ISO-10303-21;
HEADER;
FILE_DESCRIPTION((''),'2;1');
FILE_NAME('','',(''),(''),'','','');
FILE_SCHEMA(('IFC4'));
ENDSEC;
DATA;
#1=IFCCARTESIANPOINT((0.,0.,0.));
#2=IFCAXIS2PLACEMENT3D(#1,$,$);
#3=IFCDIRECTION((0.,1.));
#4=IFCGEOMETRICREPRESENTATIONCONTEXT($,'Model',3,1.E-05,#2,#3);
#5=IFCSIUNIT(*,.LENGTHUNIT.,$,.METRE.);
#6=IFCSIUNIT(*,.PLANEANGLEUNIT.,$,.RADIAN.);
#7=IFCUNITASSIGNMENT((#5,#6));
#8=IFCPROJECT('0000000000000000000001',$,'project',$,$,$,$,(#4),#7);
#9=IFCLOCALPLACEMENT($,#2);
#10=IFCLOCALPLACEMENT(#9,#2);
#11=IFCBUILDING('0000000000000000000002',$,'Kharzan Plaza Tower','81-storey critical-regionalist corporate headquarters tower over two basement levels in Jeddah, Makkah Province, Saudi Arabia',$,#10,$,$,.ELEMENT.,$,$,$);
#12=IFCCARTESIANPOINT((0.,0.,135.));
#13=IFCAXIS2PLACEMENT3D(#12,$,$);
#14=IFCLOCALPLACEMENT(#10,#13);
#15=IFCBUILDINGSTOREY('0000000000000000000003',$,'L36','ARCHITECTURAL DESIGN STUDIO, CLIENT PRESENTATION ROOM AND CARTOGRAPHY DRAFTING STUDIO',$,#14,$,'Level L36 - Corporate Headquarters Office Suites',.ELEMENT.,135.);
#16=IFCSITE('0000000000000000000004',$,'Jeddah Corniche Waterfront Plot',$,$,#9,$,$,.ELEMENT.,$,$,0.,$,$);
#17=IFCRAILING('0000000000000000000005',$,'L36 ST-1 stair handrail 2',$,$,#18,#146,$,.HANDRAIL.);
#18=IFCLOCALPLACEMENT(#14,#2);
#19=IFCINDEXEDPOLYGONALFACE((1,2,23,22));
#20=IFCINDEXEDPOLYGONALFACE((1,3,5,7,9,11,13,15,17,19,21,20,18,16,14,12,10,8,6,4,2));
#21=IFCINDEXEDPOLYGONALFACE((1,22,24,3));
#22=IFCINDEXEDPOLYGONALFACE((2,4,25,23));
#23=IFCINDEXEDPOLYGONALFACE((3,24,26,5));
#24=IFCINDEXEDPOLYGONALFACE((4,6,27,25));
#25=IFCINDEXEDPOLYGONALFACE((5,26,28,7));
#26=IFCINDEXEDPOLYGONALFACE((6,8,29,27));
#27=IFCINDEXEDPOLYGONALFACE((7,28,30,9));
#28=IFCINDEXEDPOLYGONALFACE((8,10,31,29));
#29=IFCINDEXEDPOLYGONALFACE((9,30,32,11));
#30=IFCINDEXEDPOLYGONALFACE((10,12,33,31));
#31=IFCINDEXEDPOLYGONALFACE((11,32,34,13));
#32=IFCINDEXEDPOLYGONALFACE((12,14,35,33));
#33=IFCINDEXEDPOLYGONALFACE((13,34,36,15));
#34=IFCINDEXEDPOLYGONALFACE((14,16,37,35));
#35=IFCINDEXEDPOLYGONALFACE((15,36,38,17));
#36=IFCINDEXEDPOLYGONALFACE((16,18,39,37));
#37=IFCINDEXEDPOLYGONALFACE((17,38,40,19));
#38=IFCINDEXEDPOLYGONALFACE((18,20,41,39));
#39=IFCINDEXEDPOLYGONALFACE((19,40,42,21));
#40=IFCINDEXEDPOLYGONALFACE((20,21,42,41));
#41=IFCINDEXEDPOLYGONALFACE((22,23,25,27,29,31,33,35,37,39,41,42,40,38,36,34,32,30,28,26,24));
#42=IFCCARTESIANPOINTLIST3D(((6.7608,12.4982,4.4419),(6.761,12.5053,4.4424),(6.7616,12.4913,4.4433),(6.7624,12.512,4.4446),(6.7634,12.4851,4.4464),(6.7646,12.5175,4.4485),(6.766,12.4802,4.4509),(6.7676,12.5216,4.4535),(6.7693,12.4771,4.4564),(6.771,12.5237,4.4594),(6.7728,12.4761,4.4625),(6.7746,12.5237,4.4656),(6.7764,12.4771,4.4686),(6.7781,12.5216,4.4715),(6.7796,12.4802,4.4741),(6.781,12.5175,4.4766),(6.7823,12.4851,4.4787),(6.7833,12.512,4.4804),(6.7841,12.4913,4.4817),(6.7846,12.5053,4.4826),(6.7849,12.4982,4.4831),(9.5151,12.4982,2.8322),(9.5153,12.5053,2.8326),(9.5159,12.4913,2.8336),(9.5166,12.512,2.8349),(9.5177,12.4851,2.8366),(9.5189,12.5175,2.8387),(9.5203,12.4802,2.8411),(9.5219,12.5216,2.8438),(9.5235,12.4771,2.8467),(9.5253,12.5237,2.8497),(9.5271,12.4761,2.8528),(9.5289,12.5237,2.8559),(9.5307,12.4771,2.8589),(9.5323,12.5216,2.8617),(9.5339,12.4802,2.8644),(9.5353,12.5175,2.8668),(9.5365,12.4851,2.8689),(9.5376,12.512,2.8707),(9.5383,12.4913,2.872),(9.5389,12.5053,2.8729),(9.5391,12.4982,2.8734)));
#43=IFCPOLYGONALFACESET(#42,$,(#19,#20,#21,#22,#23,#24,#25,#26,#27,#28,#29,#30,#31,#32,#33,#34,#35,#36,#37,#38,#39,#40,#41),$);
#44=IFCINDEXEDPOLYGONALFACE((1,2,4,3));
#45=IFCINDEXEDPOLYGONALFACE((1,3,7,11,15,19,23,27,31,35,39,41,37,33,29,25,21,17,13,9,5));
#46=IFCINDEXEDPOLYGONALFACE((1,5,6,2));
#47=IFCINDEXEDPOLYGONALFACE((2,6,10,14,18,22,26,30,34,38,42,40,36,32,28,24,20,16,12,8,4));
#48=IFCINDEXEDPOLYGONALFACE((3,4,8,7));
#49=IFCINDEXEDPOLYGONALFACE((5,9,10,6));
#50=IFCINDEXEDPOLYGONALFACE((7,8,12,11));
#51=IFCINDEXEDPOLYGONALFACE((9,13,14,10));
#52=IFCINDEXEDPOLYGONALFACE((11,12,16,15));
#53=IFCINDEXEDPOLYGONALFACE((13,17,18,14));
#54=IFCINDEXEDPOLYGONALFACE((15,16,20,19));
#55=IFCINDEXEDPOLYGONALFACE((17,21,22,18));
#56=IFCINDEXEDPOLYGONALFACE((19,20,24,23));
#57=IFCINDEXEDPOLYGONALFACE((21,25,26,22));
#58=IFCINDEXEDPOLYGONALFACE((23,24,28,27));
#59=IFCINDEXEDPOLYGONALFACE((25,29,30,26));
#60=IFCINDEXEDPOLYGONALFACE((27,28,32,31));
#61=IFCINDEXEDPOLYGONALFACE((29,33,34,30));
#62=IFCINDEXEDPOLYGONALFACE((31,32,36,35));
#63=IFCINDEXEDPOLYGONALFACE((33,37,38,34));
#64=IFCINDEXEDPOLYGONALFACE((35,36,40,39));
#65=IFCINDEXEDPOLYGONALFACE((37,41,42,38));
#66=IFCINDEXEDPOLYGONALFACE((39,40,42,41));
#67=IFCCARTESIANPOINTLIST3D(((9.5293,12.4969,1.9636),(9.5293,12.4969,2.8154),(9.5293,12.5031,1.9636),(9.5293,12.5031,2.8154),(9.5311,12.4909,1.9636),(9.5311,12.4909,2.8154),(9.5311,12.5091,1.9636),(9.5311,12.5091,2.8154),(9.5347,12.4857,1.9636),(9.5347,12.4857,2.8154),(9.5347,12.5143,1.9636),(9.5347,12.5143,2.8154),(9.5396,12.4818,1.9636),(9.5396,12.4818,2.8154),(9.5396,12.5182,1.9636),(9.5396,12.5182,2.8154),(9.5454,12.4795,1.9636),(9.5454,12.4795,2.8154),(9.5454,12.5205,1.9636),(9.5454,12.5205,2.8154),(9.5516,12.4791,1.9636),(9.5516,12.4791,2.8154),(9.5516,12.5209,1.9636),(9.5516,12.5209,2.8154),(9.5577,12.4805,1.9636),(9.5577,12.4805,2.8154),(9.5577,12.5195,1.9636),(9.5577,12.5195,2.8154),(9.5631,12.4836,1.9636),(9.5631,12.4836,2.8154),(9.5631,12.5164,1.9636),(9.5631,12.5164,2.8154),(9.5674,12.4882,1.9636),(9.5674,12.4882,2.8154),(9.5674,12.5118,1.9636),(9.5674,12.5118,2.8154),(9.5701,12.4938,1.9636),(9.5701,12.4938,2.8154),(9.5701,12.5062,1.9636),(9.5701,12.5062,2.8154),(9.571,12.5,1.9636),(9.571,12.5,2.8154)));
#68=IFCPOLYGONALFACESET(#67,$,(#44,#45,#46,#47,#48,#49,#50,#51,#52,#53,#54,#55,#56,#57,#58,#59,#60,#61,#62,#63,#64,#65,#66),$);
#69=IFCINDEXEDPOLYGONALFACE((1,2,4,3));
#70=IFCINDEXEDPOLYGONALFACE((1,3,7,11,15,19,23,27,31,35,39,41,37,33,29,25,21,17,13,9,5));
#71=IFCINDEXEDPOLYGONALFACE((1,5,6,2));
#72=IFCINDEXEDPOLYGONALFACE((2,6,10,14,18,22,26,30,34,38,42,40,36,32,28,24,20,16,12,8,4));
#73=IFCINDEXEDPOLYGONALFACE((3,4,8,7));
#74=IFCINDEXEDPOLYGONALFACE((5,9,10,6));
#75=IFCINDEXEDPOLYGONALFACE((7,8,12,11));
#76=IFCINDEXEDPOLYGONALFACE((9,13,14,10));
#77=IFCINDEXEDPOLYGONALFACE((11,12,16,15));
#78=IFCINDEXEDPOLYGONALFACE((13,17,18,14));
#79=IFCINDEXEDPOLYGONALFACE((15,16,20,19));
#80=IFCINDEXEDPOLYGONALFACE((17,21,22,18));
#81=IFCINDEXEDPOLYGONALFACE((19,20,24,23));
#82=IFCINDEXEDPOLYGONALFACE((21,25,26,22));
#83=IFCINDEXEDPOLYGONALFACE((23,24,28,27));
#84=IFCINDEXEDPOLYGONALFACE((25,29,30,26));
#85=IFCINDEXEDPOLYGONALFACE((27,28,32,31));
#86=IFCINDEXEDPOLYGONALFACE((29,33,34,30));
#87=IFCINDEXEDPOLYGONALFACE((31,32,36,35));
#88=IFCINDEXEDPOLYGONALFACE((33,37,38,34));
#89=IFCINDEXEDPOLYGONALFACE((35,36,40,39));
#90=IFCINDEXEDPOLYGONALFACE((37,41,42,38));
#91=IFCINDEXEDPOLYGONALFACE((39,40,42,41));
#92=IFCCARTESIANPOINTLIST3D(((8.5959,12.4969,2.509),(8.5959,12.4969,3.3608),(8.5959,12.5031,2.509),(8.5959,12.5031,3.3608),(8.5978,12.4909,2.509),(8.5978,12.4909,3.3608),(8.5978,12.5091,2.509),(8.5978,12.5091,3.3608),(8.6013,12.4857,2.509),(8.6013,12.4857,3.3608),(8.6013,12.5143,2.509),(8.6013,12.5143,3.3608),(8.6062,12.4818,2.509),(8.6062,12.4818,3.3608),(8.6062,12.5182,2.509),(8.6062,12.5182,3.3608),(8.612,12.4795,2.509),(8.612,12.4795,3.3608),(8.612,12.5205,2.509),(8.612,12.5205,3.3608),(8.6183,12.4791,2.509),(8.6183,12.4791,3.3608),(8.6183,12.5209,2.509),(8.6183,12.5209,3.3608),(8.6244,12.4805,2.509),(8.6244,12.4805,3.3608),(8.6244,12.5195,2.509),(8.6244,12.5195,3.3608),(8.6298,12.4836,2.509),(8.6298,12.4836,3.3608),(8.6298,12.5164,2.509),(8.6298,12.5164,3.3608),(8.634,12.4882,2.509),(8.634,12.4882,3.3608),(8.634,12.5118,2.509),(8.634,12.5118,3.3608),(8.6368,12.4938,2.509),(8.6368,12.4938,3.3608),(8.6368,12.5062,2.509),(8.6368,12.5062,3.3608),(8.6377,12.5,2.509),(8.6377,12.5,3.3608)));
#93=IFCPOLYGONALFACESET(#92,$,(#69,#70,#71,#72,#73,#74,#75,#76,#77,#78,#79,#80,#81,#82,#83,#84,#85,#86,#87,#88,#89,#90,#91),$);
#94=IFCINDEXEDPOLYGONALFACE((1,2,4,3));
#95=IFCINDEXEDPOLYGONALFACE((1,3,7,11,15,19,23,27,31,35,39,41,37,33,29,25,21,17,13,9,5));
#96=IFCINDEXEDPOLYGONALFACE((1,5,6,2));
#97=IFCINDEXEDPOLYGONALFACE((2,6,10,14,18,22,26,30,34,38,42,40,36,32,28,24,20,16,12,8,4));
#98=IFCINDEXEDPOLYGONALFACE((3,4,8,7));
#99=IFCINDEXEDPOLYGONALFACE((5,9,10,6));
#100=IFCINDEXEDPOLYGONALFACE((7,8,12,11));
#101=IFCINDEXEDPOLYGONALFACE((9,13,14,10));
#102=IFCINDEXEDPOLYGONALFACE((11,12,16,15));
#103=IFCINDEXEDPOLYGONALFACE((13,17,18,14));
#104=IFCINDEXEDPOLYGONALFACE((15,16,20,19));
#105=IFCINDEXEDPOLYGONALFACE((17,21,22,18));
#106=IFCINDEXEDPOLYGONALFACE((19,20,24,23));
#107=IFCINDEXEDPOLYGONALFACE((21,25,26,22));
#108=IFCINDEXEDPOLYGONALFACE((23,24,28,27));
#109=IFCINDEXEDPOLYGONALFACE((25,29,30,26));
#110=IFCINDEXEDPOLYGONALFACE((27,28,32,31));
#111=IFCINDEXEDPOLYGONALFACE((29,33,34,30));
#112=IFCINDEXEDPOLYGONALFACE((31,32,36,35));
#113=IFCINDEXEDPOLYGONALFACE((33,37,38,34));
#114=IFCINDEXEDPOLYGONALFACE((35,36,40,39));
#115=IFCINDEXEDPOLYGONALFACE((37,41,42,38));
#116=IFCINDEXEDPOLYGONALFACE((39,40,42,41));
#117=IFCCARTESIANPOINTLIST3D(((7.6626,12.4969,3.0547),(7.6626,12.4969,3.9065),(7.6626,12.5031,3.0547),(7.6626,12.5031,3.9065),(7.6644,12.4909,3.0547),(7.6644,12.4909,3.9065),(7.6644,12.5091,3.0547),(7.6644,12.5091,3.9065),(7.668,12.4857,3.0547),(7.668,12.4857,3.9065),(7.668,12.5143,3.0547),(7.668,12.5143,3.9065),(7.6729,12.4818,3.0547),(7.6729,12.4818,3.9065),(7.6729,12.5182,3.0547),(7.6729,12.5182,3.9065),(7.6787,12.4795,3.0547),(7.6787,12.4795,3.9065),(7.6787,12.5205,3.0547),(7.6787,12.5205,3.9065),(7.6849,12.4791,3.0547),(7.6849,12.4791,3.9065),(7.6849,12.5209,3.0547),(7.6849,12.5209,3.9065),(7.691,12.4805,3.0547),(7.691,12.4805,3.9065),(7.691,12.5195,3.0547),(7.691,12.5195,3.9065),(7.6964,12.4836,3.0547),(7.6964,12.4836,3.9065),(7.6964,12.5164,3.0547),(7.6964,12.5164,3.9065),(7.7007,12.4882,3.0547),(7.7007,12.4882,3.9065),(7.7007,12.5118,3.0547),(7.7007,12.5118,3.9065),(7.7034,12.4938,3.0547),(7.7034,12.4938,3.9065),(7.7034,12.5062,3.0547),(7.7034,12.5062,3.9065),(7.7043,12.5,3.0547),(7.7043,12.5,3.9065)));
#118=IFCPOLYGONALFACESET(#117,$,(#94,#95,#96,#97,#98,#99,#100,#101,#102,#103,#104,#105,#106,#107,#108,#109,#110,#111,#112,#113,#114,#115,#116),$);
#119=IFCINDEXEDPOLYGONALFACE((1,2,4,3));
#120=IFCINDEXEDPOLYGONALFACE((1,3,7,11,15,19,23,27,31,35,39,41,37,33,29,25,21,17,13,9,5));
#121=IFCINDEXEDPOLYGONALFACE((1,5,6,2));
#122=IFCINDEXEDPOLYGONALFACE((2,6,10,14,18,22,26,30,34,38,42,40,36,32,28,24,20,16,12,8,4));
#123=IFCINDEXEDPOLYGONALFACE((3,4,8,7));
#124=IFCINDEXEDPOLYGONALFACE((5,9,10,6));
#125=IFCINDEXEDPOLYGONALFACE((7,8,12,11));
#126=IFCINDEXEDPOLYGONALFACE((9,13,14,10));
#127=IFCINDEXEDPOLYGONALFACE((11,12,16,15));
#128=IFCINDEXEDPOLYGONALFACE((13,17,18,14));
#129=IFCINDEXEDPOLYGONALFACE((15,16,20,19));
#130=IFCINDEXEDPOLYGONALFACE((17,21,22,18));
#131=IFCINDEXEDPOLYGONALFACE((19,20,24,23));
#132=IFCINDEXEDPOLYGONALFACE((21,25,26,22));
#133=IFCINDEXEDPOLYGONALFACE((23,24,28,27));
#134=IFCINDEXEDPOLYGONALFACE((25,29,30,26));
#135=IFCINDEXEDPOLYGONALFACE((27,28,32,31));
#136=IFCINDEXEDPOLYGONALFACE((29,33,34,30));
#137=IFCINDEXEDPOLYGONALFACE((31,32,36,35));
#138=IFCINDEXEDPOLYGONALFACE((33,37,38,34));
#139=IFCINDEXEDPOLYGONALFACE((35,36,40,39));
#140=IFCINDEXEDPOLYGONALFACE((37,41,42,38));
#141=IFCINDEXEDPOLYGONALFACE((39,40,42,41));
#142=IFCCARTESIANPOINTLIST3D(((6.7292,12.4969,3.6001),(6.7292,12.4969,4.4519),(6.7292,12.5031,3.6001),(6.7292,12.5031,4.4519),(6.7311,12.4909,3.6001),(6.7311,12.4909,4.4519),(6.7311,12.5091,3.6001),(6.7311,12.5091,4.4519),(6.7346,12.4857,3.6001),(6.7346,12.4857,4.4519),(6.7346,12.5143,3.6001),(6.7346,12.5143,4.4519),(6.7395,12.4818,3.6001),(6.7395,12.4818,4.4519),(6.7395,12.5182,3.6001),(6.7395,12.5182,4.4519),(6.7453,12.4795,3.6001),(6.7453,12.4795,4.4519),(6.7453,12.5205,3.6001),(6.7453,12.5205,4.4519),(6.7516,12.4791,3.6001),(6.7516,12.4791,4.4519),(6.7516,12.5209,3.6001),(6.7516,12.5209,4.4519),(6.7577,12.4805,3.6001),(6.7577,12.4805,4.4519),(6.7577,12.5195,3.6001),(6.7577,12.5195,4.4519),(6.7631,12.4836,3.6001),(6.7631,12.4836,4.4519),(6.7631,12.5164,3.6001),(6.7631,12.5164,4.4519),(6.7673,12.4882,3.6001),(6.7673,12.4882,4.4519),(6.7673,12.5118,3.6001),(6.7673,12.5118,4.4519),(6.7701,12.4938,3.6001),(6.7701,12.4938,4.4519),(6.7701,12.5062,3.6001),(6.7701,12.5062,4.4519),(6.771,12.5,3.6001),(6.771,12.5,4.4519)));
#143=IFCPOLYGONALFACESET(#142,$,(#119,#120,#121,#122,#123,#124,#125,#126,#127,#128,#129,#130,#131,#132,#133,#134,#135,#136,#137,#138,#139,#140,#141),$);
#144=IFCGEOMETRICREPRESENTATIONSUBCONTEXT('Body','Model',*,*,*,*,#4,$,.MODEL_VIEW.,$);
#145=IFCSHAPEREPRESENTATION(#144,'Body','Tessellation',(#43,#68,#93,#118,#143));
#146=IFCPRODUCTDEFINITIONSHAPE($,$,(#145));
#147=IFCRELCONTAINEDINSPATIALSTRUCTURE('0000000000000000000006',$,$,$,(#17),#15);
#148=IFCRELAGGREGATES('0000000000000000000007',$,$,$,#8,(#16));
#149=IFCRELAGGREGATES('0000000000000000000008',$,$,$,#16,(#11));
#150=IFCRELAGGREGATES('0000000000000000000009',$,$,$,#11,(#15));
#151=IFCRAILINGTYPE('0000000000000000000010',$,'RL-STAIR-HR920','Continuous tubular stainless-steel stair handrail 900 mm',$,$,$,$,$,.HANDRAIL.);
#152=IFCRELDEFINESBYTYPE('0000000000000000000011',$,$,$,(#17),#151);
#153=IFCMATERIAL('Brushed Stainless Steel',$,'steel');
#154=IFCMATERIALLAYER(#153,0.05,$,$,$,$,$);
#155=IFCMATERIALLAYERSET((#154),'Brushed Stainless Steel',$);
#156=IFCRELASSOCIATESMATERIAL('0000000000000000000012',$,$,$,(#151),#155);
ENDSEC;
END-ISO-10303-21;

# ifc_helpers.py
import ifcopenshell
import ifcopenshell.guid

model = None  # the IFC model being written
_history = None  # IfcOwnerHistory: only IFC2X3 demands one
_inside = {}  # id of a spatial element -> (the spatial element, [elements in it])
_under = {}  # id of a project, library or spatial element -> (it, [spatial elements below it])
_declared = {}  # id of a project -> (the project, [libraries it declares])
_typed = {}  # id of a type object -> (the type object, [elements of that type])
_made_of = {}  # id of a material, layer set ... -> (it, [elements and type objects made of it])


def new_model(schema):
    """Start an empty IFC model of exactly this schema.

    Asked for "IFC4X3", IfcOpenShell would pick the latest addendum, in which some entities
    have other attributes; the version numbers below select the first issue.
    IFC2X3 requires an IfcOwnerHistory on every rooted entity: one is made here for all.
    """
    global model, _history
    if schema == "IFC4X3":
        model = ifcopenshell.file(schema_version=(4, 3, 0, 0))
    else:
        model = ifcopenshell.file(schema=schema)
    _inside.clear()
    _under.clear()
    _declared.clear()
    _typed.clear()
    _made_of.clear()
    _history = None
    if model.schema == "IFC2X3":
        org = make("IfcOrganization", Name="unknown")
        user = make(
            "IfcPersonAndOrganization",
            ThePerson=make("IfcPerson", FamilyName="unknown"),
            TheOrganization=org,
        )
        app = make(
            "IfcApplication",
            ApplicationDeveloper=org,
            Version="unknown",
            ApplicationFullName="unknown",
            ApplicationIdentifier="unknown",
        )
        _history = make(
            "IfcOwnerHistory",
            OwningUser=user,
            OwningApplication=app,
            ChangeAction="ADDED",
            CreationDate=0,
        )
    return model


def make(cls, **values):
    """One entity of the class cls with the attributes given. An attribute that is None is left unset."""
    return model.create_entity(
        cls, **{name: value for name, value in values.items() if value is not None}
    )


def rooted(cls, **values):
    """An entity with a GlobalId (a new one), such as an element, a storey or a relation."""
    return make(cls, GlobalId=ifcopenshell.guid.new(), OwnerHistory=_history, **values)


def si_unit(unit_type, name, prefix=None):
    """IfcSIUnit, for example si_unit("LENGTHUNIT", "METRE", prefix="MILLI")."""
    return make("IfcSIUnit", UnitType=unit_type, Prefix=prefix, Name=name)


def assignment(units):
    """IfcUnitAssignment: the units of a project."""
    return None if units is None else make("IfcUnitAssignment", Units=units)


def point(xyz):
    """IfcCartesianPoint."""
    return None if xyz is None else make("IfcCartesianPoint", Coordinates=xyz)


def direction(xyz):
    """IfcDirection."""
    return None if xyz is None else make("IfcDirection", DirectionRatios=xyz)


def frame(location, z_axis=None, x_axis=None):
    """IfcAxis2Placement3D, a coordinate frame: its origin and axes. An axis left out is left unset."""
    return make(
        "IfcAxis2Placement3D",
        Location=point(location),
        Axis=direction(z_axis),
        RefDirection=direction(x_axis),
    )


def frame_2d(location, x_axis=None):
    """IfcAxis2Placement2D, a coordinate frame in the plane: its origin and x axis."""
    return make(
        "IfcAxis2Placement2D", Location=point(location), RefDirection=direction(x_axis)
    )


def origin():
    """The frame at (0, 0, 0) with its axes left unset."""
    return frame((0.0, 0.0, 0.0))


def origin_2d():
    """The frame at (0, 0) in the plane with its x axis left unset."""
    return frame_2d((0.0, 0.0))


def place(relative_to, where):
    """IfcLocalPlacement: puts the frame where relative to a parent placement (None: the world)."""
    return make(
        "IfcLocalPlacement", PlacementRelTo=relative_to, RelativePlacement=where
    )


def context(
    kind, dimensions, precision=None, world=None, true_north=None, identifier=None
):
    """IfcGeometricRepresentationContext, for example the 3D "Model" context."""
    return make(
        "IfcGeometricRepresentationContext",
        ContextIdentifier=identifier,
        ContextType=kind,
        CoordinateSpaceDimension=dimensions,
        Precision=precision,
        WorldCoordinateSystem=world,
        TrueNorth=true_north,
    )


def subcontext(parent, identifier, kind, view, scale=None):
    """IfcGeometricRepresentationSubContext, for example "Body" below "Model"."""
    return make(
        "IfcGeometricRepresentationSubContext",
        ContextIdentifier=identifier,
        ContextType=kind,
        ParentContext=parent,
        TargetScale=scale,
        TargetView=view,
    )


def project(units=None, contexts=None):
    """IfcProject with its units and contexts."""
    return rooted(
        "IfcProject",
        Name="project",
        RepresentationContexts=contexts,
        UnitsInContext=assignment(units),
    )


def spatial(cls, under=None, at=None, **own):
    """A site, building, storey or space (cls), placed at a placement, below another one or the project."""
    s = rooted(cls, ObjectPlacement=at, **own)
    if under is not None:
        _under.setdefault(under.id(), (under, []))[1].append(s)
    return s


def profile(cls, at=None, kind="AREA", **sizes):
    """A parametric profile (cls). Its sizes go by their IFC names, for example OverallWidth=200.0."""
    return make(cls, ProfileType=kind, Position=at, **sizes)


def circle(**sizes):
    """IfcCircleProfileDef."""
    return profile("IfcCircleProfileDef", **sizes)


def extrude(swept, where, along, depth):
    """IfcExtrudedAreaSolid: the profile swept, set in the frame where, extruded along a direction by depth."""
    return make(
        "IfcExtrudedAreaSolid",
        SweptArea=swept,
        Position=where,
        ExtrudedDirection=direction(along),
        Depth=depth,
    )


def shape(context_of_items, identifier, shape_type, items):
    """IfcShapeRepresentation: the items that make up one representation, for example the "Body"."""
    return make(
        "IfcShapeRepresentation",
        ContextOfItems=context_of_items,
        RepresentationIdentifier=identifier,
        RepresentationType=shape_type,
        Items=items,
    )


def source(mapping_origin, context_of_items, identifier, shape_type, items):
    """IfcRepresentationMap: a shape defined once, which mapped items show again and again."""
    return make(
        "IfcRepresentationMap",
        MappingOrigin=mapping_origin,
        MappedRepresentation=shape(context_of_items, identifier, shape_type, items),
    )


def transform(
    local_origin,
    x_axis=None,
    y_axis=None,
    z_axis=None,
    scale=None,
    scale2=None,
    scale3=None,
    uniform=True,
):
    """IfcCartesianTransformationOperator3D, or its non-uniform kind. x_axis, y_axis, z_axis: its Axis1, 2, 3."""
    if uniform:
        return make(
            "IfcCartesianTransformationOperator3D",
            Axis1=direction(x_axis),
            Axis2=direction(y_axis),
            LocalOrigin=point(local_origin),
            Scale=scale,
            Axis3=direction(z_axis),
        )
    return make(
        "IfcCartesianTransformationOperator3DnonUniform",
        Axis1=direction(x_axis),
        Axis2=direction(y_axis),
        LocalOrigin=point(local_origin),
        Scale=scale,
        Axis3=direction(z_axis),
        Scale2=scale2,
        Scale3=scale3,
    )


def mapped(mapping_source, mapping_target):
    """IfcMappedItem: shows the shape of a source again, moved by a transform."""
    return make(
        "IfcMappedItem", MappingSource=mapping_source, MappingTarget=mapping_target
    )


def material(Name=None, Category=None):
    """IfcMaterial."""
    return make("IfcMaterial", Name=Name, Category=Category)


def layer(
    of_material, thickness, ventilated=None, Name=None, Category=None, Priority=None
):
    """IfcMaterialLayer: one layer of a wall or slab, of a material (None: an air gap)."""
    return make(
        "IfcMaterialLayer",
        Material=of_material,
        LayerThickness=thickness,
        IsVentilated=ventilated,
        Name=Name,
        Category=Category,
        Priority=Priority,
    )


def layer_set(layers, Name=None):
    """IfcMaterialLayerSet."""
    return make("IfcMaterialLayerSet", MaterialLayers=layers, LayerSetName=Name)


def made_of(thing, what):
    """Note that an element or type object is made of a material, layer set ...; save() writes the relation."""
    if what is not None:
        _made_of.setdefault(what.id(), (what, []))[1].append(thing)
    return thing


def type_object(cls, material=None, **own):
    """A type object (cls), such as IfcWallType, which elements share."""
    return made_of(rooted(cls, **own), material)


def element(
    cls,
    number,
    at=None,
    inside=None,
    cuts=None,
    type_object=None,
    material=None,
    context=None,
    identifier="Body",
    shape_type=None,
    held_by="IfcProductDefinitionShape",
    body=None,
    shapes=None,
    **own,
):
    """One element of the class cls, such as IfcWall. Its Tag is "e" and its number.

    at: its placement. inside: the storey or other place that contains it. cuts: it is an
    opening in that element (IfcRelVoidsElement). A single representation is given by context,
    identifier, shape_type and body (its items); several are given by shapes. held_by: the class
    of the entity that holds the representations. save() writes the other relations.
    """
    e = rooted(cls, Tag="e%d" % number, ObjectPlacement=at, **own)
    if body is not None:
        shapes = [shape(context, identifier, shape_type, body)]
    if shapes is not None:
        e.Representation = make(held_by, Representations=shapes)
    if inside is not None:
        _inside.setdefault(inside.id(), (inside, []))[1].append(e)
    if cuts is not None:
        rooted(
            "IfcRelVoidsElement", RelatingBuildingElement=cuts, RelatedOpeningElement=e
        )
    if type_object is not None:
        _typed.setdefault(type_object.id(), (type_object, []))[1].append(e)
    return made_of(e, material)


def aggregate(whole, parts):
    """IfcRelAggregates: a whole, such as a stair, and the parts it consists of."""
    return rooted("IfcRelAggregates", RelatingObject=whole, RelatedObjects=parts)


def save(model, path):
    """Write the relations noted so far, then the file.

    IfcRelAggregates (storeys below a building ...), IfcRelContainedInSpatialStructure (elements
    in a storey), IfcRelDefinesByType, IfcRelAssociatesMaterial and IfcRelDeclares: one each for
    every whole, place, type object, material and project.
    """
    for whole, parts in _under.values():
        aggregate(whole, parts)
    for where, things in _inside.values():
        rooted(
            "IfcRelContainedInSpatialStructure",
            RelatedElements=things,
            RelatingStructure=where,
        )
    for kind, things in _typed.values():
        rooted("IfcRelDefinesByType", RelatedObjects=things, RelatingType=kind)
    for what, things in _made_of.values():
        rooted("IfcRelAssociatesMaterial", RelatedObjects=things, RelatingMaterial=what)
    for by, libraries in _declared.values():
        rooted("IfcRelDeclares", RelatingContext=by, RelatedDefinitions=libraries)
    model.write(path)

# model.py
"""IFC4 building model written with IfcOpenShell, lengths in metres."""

from ifc_helpers import new_model, si_unit, direction, frame, origin, origin_2d, place, context, subcontext, project, spatial, circle, extrude, source, transform, mapped, material, layer, layer_set, type_object, element, save


model = new_model("IFC4")

# Units and contexts
model_context = context("Model", 3, precision=1e-05, world=origin(), true_north=direction((0.0, 1.0)))
body_context = subcontext(model_context, "Body", "Model", "MODEL_VIEW")
ifc_project = project(units=[si_unit("LENGTHUNIT", "METRE"), si_unit("PLANEANGLEUNIT", "RADIAN")], contexts=[model_context])

# Site, building, storey
site_placement = place(None, origin())
site = spatial("IfcSite", under=ifc_project, at=site_placement, Name="Jeddah Corniche Waterfront Plot", CompositionType="ELEMENT", RefElevation=0.0)
building_placement = place(site_placement, origin())
building = spatial("IfcBuilding", under=site, at=building_placement, Name="Kharzan Plaza Tower", Description="81-storey critical-regionalist corporate headquarters tower over two basement levels in Jeddah, Makkah Province, Saudi Arabia", CompositionType="ELEMENT")
storey_placement = place(building_placement, frame((0.0, 0.0, 135.0)))
storey = spatial("IfcBuildingStorey", under=building, at=storey_placement, Name="L36", Description="ARCHITECTURAL DESIGN STUDIO, CLIENT PRESENTATION ROOM AND CARTOGRAPHY DRAFTING STUDIO", LongName="Level L36 - Corporate Headquarters Office Suites", CompositionType="ELEMENT", Elevation=135.0)

# Shared definitions
ifc_material_1 = material(Name="Brushed Stainless Steel", Category="steel")

# Railing
ifc_layer_1 = layer(ifc_material_1, 0.05)
ifc_layer_set_1 = layer_set([ifc_layer_1], Name="Brushed Stainless Steel")
railing_type_1 = type_object("IfcRailingType", Name="RL-STAIR-HR920", Description="Continuous tubular stainless-steel stair handrail 900 mm", PredefinedType="HANDRAIL", material=ifc_layer_set_1)
shared_shape_1 = source(origin(), body_context, "Body", "SweptSolid", [
    extrude(circle(Radius=0.0239, at=origin_2d()), frame((-0.0229, 0.0, 0.8892), z_axis=(-0.863361, 0.0, 0.504587), x_axis=(0.0, -1.0, 0.0)), (0.0, 0.0, 1.0), 3.1902),
    extrude(circle(Radius=0.021, at=origin_2d()), origin(), (0.0, 0.0, 1.0), 0.8518),
    extrude(circle(Radius=0.021, at=origin_2d()), frame((-0.9333, 0.0, 0.5454)), (0.0, 0.0, 1.0), 0.8518),
    extrude(circle(Radius=0.021, at=origin_2d()), frame((-1.8667, 0.0, 1.0911)), (0.0, 0.0, 1.0), 0.8518),
    extrude(circle(Radius=0.021, at=origin_2d()), frame((-2.8, 0.0, 1.6365)), (0.0, 0.0, 1.0), 0.8518),
])
railing_1_placement = place(storey_placement, frame((9.55, 12.5, 1.9636)))
element("IfcRailing", 1, at=railing_1_placement, inside=storey, type_object=railing_type_1, Name="L36 ST-1 stair handrail 2", PredefinedType="HANDRAIL", context=body_context, shape_type="MappedRepresentation", body=[
    mapped(shared_shape_1, transform((0.0, 0.0, 0.0), x_axis=(1.0, 0.0, 0.0), y_axis=(0.0, 1.0, 0.0), z_axis=(0.0, 0.0, 1.0))),
])

save(model, "model.ifc")
